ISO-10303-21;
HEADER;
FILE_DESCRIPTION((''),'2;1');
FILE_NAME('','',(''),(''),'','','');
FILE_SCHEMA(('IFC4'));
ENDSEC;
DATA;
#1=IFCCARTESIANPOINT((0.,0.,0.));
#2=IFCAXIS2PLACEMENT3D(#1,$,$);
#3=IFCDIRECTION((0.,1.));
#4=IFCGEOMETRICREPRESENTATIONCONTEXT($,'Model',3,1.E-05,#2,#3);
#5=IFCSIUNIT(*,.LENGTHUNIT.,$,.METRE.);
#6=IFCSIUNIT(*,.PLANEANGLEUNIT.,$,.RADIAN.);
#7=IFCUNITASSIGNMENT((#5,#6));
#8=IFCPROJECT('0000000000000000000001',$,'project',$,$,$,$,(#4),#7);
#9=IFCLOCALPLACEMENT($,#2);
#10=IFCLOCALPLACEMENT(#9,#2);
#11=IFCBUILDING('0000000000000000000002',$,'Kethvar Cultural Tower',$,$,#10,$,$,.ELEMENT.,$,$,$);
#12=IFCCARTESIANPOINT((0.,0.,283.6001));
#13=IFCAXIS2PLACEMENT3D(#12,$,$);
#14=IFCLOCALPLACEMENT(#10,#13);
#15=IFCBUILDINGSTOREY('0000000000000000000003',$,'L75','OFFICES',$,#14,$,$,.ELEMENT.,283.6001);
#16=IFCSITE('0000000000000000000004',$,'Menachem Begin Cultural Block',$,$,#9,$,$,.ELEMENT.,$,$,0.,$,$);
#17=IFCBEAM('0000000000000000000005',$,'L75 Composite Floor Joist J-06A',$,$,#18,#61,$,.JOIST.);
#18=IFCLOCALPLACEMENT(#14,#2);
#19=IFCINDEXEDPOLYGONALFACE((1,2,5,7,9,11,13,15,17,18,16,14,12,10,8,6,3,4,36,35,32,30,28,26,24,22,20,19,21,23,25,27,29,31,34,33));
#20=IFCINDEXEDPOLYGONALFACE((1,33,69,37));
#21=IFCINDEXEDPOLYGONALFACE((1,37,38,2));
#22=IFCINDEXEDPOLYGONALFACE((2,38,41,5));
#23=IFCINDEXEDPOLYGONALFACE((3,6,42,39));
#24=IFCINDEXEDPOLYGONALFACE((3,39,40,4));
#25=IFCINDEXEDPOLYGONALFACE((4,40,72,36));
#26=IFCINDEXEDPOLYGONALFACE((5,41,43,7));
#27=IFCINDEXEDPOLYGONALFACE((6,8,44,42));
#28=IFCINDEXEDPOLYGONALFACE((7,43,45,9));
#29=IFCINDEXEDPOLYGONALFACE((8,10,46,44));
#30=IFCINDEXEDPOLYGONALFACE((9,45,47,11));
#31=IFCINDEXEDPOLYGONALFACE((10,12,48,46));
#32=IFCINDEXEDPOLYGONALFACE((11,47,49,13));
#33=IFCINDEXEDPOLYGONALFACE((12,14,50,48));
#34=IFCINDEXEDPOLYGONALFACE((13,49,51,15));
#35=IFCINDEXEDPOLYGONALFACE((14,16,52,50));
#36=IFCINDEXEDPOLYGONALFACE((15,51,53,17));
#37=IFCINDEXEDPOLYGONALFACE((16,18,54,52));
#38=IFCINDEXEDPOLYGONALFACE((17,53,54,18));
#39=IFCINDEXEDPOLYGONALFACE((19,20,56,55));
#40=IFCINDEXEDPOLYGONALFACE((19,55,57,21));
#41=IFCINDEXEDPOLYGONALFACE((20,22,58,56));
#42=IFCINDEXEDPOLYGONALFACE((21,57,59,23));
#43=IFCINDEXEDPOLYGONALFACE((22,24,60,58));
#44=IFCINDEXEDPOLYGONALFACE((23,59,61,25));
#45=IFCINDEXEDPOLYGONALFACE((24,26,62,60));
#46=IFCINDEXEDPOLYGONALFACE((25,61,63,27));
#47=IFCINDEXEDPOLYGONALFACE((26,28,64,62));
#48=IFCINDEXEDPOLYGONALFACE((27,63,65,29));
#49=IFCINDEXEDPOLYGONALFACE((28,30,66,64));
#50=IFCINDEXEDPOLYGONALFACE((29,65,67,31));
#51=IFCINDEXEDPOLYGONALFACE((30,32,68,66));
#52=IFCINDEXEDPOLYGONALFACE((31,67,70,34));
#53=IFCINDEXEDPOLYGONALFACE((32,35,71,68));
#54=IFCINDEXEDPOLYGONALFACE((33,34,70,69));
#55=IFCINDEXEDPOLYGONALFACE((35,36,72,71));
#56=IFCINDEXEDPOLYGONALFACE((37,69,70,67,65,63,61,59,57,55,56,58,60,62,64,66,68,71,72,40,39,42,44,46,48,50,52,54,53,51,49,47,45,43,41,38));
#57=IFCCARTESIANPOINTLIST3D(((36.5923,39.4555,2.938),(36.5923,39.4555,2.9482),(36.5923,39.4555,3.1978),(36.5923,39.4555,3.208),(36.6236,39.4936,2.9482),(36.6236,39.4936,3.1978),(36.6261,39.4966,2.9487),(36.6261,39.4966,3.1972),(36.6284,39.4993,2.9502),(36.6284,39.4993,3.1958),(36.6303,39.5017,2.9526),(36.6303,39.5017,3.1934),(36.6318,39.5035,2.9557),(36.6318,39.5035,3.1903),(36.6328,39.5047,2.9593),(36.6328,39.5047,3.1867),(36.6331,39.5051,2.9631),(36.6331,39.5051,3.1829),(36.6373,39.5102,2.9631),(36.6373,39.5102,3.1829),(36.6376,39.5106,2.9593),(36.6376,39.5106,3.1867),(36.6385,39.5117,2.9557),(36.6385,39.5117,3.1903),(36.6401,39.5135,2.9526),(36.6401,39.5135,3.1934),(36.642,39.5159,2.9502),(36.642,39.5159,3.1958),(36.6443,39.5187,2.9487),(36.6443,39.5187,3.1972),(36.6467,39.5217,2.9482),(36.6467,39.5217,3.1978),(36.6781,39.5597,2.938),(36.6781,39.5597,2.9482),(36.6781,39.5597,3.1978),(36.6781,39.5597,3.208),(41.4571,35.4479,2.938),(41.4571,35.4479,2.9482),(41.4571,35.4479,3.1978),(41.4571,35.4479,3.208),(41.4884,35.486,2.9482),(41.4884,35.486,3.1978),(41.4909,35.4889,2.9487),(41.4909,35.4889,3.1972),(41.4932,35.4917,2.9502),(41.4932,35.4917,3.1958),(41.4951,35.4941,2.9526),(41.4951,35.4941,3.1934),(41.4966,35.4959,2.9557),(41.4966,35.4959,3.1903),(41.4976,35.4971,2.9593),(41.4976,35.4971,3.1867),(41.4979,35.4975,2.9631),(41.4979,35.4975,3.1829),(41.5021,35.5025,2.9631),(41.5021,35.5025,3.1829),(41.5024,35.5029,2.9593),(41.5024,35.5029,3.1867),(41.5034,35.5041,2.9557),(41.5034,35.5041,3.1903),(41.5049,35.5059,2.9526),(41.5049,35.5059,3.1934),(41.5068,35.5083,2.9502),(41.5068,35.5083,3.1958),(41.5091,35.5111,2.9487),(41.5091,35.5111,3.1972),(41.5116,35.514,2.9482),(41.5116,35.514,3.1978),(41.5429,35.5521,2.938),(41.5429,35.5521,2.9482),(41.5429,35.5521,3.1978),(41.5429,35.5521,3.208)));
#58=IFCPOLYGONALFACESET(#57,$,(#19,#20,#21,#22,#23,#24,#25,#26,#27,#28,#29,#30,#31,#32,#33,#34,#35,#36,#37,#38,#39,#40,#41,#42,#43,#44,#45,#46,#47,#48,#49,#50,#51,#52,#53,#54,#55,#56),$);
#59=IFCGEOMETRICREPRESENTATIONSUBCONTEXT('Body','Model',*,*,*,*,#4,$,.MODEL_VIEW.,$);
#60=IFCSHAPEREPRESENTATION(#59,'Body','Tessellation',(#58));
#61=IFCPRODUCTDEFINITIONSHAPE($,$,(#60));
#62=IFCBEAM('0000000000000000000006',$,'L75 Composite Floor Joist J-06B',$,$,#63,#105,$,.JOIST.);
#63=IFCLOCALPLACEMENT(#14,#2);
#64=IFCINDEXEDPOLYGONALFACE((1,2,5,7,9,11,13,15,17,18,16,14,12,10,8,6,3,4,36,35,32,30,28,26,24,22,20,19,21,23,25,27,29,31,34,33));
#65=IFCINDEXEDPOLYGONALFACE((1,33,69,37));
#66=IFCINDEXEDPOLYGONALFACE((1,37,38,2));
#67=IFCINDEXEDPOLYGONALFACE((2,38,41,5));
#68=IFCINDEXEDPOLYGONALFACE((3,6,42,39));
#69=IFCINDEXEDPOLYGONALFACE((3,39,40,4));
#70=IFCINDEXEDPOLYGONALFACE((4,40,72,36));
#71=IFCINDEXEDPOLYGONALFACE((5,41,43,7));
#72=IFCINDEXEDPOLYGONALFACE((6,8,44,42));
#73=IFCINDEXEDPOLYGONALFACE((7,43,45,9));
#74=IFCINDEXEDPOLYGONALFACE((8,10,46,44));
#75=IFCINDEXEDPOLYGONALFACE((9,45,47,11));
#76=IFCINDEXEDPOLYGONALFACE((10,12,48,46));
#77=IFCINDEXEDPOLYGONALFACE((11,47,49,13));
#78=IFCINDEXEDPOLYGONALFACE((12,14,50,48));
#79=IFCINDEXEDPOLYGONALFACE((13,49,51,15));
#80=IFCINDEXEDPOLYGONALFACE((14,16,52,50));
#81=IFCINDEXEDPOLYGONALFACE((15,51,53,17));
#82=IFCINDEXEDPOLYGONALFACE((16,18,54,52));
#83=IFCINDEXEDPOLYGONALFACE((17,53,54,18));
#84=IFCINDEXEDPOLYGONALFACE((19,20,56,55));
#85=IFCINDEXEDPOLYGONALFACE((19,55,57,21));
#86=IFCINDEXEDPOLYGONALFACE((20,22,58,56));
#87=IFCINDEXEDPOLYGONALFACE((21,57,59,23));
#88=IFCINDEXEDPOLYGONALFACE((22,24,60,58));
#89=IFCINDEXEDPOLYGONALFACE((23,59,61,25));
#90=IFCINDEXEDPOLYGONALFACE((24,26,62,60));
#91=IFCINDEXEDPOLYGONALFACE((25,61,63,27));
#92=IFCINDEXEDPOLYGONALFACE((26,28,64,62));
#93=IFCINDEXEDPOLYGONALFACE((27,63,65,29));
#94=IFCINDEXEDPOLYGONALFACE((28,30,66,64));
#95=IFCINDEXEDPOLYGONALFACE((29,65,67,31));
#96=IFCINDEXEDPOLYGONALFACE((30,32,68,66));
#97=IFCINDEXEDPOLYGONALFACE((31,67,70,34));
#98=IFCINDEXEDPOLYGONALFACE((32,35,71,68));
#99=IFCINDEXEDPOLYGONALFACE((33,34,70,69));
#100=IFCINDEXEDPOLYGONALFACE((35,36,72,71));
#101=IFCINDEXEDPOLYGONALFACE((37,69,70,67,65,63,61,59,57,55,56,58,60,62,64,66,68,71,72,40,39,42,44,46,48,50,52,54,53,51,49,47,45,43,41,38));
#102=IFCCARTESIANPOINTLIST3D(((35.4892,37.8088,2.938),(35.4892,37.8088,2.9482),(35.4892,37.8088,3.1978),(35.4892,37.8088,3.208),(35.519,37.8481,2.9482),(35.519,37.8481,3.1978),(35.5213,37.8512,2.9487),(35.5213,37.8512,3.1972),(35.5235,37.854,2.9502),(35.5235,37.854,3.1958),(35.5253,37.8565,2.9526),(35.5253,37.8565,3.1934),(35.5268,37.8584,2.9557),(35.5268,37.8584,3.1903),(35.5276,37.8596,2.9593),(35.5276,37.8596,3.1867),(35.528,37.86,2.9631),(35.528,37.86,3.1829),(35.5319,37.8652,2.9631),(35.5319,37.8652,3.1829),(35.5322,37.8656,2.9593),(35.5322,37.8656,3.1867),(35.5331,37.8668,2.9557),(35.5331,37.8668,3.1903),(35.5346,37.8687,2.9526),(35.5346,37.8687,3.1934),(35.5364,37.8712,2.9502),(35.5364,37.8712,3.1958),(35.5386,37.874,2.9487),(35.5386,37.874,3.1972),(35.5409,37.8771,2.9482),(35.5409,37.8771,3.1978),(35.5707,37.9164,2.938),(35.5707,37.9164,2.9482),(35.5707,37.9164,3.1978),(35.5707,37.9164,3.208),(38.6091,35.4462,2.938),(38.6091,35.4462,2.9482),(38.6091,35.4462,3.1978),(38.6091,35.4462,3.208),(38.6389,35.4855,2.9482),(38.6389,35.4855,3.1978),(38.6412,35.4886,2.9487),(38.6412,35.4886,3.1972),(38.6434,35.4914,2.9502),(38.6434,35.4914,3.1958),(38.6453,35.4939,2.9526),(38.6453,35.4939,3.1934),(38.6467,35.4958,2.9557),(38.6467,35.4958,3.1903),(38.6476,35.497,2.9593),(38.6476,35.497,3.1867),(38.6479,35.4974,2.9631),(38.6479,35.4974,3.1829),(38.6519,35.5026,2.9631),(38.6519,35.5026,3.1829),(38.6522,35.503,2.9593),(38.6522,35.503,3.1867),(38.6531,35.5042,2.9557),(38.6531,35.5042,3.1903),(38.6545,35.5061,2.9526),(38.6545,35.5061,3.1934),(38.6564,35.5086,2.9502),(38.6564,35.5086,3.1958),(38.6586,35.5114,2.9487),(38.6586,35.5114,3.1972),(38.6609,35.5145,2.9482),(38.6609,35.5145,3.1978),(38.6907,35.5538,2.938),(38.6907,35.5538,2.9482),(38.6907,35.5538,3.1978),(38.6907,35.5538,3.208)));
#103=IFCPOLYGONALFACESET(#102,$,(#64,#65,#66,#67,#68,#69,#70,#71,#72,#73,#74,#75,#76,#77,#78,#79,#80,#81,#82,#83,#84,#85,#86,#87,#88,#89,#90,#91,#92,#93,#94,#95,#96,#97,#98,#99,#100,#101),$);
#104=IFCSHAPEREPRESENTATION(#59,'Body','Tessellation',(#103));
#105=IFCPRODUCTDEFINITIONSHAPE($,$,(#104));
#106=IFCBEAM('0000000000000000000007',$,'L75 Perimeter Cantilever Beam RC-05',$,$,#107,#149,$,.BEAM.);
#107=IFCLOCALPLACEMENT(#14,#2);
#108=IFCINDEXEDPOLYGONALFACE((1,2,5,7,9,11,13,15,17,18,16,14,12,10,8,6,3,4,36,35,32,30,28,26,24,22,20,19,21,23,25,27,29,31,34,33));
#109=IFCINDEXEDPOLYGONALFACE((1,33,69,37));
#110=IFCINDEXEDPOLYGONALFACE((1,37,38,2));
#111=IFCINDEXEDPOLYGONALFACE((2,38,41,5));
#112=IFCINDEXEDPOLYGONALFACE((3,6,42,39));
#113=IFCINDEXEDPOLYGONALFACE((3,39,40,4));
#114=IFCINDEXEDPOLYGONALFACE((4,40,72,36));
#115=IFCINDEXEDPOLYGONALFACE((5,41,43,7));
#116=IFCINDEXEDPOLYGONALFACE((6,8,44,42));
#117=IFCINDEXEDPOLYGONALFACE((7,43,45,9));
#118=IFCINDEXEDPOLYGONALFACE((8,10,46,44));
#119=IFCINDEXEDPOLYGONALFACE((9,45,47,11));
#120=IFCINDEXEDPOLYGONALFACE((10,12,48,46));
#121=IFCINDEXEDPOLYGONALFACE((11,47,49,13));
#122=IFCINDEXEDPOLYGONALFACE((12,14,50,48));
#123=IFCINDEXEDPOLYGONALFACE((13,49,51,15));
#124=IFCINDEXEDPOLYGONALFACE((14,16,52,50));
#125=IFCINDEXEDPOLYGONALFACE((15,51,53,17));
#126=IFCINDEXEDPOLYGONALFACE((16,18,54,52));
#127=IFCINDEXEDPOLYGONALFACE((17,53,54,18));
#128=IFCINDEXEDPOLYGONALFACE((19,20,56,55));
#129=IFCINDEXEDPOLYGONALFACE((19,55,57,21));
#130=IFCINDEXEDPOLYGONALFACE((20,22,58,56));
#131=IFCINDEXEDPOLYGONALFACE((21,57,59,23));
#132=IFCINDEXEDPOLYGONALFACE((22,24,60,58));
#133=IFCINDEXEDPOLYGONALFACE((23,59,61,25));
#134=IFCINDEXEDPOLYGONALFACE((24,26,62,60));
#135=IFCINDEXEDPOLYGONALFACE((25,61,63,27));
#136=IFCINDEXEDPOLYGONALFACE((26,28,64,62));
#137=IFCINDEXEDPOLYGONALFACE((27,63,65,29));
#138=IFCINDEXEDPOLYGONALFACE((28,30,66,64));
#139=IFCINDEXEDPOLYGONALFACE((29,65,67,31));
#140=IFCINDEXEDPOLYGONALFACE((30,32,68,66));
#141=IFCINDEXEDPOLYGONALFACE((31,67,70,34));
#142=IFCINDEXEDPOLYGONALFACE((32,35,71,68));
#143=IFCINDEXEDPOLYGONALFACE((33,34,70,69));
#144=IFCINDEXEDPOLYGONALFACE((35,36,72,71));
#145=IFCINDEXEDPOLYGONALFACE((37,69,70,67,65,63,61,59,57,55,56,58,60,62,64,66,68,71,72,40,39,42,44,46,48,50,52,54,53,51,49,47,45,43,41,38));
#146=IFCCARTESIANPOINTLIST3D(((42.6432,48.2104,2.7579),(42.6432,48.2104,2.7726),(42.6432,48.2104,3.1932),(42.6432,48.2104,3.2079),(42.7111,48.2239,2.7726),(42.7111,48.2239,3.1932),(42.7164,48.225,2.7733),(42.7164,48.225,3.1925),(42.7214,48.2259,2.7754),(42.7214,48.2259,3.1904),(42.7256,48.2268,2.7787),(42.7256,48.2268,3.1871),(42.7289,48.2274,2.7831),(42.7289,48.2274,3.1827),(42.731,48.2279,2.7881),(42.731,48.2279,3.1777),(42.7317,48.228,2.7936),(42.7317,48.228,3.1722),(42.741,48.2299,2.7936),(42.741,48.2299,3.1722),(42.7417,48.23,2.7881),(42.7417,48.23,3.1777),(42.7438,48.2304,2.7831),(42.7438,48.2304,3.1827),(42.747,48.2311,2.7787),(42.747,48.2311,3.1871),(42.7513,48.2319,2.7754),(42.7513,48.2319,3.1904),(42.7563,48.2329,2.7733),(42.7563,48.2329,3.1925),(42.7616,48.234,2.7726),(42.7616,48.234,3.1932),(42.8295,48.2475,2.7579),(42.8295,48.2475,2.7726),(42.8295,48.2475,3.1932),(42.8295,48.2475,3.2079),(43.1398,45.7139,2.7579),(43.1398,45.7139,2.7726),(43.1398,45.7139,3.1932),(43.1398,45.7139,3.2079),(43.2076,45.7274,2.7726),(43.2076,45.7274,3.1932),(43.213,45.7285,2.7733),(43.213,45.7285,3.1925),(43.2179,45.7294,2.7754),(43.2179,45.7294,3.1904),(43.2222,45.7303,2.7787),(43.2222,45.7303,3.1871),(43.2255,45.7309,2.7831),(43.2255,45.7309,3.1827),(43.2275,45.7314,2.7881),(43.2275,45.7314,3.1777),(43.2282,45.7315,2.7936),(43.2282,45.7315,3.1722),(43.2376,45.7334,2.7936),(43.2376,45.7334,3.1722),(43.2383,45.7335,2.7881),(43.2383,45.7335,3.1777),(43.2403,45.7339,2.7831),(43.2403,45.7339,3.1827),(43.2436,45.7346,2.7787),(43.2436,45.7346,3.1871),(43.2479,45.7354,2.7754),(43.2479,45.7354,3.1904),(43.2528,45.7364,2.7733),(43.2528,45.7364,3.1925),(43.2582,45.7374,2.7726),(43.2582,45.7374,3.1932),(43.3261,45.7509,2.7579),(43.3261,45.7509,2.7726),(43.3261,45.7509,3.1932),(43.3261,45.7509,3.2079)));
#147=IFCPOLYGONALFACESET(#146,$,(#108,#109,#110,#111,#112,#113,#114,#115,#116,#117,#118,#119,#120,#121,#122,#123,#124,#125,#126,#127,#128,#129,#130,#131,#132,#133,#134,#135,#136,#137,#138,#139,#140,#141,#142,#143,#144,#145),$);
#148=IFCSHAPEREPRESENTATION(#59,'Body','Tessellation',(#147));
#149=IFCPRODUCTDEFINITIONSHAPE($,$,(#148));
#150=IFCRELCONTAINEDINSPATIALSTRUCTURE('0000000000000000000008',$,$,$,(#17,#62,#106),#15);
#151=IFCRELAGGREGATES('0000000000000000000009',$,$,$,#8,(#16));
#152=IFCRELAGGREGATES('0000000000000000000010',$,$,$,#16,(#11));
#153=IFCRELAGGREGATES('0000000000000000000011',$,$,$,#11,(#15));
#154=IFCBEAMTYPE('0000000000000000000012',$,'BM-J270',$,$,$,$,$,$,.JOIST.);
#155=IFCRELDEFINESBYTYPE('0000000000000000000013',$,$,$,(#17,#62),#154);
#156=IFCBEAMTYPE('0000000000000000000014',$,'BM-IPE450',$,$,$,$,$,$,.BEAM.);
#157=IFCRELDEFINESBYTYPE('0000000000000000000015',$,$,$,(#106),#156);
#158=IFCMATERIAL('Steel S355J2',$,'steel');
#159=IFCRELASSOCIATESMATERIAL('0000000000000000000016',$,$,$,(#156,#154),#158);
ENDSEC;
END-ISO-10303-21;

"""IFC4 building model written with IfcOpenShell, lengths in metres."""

from ifc_helpers import new_model, si_unit, direction, frame, origin, origin_2d, place, context, subcontext, project, spatial, i_section, extrude, source, transform, mapped, material, material_profile, profile_set, type_object, element, save


model = new_model("IFC4")

# Units and contexts
model_context = context("Model", 3, precision=1e-05, world=origin(), true_north=direction((0.0, 1.0)))
body_context = subcontext(model_context, "Body", "Model", "MODEL_VIEW")
ifc_project = project(units=[si_unit("LENGTHUNIT", "METRE"), si_unit("PLANEANGLEUNIT", "RADIAN")], contexts=[model_context])

# Site, building, storey
site_placement = place(None, origin())
site = spatial("IfcSite", under=ifc_project, at=site_placement, Name="Menachem Begin Cultural Block", CompositionType="ELEMENT", RefElevation=0.0)
building_placement = place(site_placement, origin())
building = spatial("IfcBuilding", under=site, at=building_placement, Name="Kethvar Cultural Tower", CompositionType="ELEMENT")
storey_placement = place(building_placement, frame((0.0, 0.0, 283.6001)))
storey = spatial("IfcBuildingStorey", under=building, at=storey_placement, Name="L75", Description="OFFICES", CompositionType="ELEMENT", Elevation=283.6001)

# Shared definitions
ifc_material_1 = material(Name="Steel S355J2", Category="steel")

# Beams
ifc_material_profile_1 = material_profile(ifc_material_1, i_section(OverallWidth=0.1899, OverallDepth=0.45, WebThickness=0.0095, FlangeThickness=0.0146, FilletRadius=0.021, at=origin_2d()), Name="Steel S355J2 — IPE450")
ifc_profile_set_1 = profile_set([ifc_material_profile_1], Name="Steel S355J2 — IPE450")
beam_type_1 = type_object("IfcBeamType", Name="BM-IPE450", PredefinedType="BEAM", material=ifc_profile_set_1)
ifc_material_profile_2 = material_profile(ifc_material_1, i_section(OverallWidth=0.135, OverallDepth=0.27, WebThickness=0.0066, FlangeThickness=0.0103, FilletRadius=0.0149, at=origin_2d()), Name="Steel S355J2 — IPE270")
ifc_profile_set_2 = profile_set([ifc_material_profile_2], Name="Steel S355J2 — IPE270")
beam_type_2 = type_object("IfcBeamType", Name="BM-J270", PredefinedType="JOIST", material=ifc_profile_set_2)
shared_shape_1 = source(origin(), body_context, "Body", "SweptSolid", [
    extrude(i_section(OverallWidth=0.135, OverallDepth=0.27, WebThickness=0.0066, FlangeThickness=0.0103, FilletRadius=0.0149, at=origin_2d()), origin(), (0.0, 0.0, 1.0), 6.303),
])
beam_1_placement = place(storey_placement, frame((41.5, 35.5, 3.073), z_axis=(-0.771828, 0.635831, 0.0), x_axis=(-0.635831, -0.771828, 0.0)))
element("IfcBeam", 1, at=beam_1_placement, inside=storey, type_object=beam_type_2, Name="L75 Composite Floor Joist J-06A", PredefinedType="JOIST", context=body_context, shape_type="MappedRepresentation", body=[
    mapped(shared_shape_1, transform((0.0, 0.0, 0.0), scale=1.0)),
])
shared_shape_2 = source(origin(), body_context, "Body", "SweptSolid", [
    extrude(i_section(OverallWidth=0.135, OverallDepth=0.27, WebThickness=0.0066, FlangeThickness=0.0103, FilletRadius=0.0149, at=origin_2d()), origin(), (0.0, 0.0, 1.0), 3.9136),
])
beam_2_placement = place(storey_placement, frame((38.6499, 35.5, 3.073), z_axis=(-0.797214, 0.603697, 0.0), x_axis=(-0.603697, -0.797214, 0.0)))
element("IfcBeam", 2, at=beam_2_placement, inside=storey, type_object=beam_type_2, Name="L75 Composite Floor Joist J-06B", PredefinedType="JOIST", context=body_context, shape_type="MappedRepresentation", body=[
    mapped(shared_shape_2, transform((0.0, 0.0, 0.0), scale=1.0)),
])
shared_shape_3 = source(origin(), body_context, "Body", "SweptSolid", [
    extrude(i_section(OverallWidth=0.1899, OverallDepth=0.45, WebThickness=0.0095, FlangeThickness=0.0146, FilletRadius=0.021, at=origin_2d()), origin(), (0.0, 0.0, 1.0), 2.5454),
])
beam_3_placement = place(storey_placement, frame((43.2329, 45.7324, 2.9829), z_axis=(-0.195083, 0.980787, 0.0), x_axis=(-0.980787, -0.195083, 0.0)))
element("IfcBeam", 3, at=beam_3_placement, inside=storey, type_object=beam_type_1, Name="L75 Perimeter Cantilever Beam RC-05", PredefinedType="BEAM", context=body_context, shape_type="MappedRepresentation", body=[
    mapped(shared_shape_3, transform((0.0, 0.0, 0.0), scale=1.0)),
])

save(model, "model.ifc")
